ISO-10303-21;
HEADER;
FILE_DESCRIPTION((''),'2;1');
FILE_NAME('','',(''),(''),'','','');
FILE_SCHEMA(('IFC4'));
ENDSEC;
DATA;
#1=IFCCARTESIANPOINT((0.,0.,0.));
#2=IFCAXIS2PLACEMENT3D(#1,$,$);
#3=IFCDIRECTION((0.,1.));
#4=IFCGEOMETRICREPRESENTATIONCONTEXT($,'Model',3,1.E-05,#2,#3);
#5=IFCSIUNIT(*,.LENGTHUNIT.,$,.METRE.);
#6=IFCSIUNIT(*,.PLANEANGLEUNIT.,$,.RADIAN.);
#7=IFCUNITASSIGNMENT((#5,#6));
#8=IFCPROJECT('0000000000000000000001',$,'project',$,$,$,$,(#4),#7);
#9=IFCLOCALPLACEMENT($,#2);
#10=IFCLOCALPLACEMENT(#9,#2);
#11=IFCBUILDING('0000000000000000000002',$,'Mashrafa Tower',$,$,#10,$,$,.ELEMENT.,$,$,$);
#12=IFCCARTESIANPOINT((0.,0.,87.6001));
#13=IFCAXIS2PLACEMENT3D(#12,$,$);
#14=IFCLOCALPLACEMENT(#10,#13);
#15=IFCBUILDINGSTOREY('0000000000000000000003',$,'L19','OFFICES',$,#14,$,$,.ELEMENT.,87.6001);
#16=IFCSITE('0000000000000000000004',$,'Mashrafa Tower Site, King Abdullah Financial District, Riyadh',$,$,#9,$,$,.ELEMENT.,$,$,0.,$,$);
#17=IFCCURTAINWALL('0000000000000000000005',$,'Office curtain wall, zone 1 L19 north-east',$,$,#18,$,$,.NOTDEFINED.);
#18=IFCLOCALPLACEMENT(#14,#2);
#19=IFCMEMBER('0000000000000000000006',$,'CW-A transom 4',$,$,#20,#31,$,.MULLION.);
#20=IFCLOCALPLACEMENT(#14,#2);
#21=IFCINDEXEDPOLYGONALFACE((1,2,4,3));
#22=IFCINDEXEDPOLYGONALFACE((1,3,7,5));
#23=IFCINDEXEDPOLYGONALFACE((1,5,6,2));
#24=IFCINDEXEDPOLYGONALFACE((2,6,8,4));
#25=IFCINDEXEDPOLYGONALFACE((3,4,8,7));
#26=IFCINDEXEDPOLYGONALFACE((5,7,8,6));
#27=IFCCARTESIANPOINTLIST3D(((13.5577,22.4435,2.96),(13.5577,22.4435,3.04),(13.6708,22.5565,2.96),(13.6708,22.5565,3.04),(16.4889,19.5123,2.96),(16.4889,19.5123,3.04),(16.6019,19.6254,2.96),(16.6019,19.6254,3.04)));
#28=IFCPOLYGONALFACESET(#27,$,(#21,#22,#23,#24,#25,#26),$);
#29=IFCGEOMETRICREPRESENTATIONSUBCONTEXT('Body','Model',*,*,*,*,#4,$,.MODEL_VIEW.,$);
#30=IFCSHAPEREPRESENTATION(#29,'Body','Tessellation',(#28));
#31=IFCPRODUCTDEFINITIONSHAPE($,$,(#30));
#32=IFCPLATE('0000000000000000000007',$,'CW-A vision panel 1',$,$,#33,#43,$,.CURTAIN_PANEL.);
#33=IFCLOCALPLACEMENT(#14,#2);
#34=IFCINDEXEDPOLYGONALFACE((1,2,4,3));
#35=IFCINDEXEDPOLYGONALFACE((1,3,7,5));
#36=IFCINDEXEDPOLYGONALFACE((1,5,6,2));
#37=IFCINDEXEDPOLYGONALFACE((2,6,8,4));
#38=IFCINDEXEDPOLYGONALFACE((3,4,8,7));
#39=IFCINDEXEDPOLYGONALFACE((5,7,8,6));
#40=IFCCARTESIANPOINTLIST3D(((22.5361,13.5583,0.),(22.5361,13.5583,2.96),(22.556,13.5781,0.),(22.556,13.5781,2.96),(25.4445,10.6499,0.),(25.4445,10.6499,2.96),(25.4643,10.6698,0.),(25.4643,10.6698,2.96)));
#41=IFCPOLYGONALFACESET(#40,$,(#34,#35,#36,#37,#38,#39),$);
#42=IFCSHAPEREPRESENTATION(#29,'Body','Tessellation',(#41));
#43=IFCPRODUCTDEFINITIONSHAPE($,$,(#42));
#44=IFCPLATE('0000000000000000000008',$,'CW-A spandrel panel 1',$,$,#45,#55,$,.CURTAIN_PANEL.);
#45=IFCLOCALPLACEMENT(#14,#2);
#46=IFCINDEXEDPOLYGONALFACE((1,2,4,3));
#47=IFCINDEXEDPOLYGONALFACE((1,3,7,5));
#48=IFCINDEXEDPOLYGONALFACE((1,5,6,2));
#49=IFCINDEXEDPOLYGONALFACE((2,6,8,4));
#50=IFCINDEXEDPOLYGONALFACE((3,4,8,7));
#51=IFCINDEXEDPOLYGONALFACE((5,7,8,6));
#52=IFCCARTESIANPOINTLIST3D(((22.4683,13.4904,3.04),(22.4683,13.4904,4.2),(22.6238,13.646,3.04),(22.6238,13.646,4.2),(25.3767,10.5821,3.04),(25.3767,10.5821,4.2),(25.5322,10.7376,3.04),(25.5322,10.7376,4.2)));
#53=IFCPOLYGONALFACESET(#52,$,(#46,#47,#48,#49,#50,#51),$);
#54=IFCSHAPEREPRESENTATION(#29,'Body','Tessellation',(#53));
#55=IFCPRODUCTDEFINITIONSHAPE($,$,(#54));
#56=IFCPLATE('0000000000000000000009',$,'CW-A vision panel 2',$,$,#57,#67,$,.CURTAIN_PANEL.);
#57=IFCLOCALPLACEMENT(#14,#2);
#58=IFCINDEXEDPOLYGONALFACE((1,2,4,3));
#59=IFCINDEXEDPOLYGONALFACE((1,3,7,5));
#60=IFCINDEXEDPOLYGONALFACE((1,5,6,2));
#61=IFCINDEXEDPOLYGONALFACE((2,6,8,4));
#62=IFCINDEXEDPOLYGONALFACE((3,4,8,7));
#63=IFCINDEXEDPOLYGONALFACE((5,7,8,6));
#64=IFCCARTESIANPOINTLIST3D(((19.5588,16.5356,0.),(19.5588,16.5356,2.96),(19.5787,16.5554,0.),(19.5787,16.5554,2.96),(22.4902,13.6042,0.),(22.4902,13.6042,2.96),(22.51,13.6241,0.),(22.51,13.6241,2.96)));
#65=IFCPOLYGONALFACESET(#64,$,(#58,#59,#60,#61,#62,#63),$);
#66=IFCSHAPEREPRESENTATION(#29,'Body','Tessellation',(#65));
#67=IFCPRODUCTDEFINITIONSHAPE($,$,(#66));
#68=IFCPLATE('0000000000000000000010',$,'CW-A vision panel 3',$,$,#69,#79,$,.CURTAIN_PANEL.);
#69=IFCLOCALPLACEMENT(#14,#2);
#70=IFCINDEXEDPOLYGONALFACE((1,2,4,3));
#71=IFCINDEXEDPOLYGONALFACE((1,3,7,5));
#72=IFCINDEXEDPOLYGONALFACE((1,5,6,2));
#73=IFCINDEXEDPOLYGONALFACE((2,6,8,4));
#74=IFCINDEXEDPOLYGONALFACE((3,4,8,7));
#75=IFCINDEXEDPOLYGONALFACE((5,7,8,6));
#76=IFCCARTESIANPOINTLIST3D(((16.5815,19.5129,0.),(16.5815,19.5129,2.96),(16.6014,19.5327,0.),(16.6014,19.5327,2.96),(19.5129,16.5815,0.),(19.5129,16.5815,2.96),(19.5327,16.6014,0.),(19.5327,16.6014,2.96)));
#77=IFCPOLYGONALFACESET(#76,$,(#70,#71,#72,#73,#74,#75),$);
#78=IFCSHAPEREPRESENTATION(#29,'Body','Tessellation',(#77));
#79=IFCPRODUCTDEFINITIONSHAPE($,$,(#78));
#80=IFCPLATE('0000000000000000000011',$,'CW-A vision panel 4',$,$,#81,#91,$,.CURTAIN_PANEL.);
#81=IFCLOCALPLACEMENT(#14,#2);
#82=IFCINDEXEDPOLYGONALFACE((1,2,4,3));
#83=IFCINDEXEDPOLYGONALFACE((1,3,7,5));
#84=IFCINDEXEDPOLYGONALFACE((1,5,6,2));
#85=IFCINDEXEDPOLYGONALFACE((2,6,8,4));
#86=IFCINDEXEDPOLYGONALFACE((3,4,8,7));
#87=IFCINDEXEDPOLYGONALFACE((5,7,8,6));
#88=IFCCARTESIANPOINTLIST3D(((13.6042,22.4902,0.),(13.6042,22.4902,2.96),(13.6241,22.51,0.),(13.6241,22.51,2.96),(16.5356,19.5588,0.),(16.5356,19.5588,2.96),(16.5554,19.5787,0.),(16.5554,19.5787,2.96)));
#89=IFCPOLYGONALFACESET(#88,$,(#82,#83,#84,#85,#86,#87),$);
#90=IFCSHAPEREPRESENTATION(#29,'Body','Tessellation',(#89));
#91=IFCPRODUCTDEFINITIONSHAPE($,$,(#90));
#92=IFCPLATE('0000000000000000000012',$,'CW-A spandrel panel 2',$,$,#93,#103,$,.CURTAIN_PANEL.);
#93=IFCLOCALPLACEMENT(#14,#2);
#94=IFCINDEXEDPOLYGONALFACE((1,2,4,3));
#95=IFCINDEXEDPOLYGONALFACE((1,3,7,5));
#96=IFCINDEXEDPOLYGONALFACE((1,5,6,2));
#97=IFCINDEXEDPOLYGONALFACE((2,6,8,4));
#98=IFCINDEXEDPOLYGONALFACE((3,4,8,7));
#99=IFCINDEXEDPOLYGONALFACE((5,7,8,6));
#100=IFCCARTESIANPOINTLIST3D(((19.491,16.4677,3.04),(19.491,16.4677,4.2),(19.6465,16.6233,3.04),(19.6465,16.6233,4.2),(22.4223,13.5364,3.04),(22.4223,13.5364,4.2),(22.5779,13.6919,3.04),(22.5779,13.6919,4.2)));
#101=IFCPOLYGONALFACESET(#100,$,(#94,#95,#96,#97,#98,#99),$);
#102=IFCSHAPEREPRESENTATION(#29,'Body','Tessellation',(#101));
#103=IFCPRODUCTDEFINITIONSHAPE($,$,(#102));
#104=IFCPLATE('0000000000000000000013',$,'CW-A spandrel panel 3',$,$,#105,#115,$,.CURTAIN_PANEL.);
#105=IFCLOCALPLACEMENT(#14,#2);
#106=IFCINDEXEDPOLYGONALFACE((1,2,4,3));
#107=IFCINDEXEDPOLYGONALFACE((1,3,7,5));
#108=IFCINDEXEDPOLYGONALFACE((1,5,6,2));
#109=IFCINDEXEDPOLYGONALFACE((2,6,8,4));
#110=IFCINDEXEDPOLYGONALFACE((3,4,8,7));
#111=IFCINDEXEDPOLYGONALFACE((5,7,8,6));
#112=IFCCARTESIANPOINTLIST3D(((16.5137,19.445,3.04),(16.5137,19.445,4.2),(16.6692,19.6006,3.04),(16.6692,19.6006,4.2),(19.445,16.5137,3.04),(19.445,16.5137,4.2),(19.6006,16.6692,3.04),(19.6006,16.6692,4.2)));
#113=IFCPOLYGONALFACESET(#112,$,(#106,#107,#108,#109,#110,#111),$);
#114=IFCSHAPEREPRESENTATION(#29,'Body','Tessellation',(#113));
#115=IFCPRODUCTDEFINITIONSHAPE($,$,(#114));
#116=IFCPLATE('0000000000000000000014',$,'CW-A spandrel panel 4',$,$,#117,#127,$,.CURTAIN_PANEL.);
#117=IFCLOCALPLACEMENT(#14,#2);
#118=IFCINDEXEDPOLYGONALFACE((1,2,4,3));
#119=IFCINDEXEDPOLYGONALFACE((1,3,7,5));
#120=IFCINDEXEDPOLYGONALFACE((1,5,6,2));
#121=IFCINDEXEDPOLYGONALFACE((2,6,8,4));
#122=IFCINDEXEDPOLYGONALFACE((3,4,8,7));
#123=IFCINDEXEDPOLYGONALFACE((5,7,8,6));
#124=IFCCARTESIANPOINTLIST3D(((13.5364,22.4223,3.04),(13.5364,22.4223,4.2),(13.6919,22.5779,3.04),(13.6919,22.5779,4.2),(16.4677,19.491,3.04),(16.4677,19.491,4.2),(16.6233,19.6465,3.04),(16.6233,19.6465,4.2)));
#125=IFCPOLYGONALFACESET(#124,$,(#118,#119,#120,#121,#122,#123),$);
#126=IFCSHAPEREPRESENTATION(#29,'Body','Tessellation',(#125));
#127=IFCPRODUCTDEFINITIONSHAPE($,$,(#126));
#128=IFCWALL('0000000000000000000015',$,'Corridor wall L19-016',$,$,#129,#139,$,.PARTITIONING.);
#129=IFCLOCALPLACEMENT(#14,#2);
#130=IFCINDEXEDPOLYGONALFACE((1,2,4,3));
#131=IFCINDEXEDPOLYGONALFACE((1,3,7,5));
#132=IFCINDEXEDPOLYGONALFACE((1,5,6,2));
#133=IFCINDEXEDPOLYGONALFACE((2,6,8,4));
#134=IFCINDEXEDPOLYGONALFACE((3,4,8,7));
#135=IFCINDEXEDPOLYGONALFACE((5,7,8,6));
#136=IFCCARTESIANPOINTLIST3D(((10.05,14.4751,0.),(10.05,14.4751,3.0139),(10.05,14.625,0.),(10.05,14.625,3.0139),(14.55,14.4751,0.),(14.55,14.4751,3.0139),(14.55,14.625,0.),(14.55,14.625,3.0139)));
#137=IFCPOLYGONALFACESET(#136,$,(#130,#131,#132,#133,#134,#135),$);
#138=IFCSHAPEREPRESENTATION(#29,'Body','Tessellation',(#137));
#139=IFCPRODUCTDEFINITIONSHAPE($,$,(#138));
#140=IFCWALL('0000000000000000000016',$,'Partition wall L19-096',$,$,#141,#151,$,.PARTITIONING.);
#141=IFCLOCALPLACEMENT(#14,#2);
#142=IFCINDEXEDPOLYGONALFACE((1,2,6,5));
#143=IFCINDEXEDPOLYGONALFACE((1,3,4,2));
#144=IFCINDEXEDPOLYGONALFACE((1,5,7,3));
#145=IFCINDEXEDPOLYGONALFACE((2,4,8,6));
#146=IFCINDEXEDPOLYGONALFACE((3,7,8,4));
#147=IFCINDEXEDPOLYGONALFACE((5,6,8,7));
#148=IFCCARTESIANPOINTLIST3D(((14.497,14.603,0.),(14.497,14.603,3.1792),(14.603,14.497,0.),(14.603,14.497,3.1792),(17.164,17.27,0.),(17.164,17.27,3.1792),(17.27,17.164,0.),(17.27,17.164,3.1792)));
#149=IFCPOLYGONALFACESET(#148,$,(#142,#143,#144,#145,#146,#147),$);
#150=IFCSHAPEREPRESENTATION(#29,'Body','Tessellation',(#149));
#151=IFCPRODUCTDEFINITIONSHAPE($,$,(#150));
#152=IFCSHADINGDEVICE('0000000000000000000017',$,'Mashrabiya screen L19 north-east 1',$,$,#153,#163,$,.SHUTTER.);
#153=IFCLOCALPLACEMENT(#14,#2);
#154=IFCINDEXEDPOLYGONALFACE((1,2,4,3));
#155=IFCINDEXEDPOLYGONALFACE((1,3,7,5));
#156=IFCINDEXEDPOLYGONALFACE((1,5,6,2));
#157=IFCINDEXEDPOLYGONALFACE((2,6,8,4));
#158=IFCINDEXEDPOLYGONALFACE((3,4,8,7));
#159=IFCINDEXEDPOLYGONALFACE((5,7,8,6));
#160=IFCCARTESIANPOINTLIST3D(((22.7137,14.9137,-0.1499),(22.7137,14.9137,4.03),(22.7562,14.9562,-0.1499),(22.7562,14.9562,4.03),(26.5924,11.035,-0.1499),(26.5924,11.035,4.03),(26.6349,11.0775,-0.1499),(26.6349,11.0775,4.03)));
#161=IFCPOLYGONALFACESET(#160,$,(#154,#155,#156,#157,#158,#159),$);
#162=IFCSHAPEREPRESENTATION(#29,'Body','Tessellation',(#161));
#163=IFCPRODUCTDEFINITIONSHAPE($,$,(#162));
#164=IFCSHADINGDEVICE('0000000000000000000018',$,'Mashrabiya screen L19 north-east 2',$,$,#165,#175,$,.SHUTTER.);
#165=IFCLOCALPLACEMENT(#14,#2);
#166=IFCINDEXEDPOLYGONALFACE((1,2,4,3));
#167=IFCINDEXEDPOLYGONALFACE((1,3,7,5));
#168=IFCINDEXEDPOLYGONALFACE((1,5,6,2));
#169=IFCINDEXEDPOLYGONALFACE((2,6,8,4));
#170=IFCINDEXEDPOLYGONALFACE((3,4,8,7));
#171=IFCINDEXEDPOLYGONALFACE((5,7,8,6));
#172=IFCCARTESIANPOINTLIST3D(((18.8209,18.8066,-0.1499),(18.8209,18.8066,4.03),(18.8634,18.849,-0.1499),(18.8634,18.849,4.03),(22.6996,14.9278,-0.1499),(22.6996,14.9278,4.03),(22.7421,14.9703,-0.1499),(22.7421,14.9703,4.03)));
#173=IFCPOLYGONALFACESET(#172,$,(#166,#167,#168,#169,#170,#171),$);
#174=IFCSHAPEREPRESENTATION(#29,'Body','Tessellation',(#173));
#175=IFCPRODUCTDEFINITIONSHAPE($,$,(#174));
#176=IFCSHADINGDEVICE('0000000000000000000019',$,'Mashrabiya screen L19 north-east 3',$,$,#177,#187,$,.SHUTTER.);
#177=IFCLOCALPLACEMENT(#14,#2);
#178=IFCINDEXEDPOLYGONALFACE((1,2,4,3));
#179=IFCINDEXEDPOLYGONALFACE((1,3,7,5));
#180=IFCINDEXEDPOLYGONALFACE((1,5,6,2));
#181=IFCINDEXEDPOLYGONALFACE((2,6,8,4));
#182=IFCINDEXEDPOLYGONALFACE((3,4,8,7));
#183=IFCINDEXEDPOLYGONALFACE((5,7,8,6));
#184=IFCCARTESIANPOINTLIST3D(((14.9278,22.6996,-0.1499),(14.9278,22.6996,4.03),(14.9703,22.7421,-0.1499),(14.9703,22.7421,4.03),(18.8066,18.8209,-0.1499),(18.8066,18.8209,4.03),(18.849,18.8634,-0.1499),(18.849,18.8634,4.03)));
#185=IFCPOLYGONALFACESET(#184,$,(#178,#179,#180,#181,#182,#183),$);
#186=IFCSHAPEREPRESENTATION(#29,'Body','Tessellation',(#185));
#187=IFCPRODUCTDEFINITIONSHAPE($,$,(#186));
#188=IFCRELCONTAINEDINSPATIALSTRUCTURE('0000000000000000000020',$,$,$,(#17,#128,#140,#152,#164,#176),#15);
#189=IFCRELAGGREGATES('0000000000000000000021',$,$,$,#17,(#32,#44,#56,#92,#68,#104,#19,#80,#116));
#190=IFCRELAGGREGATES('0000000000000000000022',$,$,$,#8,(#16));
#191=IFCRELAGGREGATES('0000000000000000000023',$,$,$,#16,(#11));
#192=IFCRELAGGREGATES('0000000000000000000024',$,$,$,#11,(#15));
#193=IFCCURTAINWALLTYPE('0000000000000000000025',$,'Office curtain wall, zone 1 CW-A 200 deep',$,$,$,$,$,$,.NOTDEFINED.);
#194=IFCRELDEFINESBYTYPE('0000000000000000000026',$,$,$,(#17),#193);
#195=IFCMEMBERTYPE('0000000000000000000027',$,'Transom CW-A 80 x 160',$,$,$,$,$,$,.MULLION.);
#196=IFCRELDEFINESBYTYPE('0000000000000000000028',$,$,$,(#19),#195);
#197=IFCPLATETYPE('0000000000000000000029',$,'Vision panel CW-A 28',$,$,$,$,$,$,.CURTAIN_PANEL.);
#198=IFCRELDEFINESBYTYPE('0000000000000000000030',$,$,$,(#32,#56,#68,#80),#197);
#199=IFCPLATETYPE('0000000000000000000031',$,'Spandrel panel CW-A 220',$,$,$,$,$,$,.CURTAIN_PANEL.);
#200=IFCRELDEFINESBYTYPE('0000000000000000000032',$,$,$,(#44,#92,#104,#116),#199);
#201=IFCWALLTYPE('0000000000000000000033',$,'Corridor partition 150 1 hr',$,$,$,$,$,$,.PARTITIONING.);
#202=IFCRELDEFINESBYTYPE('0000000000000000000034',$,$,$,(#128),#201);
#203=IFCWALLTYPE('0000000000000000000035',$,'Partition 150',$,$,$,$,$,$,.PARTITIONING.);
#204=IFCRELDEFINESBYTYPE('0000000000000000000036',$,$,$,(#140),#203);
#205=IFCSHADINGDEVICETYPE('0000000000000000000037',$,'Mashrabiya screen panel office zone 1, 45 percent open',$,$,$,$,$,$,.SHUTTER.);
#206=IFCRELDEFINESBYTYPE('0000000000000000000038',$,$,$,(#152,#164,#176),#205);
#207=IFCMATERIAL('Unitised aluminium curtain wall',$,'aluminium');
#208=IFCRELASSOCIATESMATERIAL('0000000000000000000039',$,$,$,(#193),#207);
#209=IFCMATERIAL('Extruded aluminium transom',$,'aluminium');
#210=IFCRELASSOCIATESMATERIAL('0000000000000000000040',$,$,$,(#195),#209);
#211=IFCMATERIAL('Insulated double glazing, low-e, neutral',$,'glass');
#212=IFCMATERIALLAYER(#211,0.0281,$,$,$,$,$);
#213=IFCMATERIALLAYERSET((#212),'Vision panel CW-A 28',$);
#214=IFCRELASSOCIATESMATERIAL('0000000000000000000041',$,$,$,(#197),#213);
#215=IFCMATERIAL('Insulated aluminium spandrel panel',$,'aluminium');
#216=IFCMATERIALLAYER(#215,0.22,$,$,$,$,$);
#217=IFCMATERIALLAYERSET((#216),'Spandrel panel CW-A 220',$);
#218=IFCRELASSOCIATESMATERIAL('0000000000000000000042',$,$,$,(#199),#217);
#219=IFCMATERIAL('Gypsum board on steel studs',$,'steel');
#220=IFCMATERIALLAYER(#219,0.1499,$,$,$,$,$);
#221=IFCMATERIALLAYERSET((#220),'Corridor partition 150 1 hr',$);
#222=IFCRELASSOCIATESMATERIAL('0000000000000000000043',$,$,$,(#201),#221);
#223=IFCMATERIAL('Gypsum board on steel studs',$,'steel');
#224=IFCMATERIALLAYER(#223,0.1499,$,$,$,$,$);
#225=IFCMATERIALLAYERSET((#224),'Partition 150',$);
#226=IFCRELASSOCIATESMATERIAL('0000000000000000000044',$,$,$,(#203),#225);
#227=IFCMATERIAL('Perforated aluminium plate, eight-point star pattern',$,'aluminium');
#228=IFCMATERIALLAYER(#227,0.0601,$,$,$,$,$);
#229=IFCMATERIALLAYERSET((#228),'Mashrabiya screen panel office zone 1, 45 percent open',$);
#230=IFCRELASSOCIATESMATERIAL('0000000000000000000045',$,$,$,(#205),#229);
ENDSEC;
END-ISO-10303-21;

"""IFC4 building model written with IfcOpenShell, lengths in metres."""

from ifc_helpers import new_model, si_unit, direction, frame, frame_2d, origin, origin_2d, place, context, subcontext, project, spatial, rectangle, extrude, source, transform, mapped, material, layer, layer_set, material_profile, profile_set, type_object, type_shapes, element, aggregate, save


model = new_model("IFC4")

# Units and contexts
model_context = context("Model", 3, precision=1e-05, world=origin(), true_north=direction((0.0, 1.0)))
body_context = subcontext(model_context, "Body", "Model", "MODEL_VIEW")
ifc_project = project(units=[si_unit("LENGTHUNIT", "METRE"), si_unit("PLANEANGLEUNIT", "RADIAN")], contexts=[model_context])

# Site, building, storey
site_placement = place(None, origin())
site = spatial("IfcSite", under=ifc_project, at=site_placement, Name="Mashrafa Tower Site, King Abdullah Financial District, Riyadh", CompositionType="ELEMENT", RefElevation=0.0)
building_placement = place(site_placement, origin())
building = spatial("IfcBuilding", under=site, at=building_placement, Name="Mashrafa Tower", CompositionType="ELEMENT")
storey_placement = place(building_placement, frame((0.0, 0.0, 87.6001)))
storey = spatial("IfcBuildingStorey", under=building, at=storey_placement, Name="L19", Description="OFFICES", CompositionType="ELEMENT", Elevation=87.6001)

# Shared definitions
ifc_material_1 = material(Name="Unitised aluminium curtain wall", Category="aluminium")
curtain_wall_type = type_object("IfcCurtainWallType", Name="Office curtain wall, zone 1 CW-A 200 deep", PredefinedType="NOTDEFINED", material=ifc_material_1)

# Curtain wall, member, plates
curtain_wall_1_placement = place(storey_placement, origin())
curtain_wall_1 = element("IfcCurtainWall", 1, at=curtain_wall_1_placement, inside=storey, type_object=curtain_wall_type, Name="Office curtain wall, zone 1 L19 north-east", PredefinedType="NOTDEFINED")
ifc_material_2 = material(Name="Extruded aluminium transom", Category="aluminium")
ifc_material_profile_1 = material_profile(ifc_material_2, rectangle(XDim=0.1599, YDim=0.0801, at=origin_2d()), Name="Transom 80x160")
ifc_profile_set_1 = profile_set([ifc_material_profile_1], Name="Extruded aluminium transom")
member_type_1 = type_object("IfcMemberType", Name="Transom CW-A 80 x 160", PredefinedType="MULLION", material=ifc_profile_set_1)
shared_shape_1 = source(origin(), body_context, "Body", "SweptSolid", [
    extrude(rectangle(XDim=0.1599, YDim=0.0801, at=origin_2d()), origin(), (0.0, 0.0, 1.0), 4.1453),
])
member_1_placement = place(storey_placement, frame((16.5454, 19.5688, 3.0), z_axis=(-0.707107, 0.707107, 0.0), x_axis=(-0.707107, -0.707107, 0.0)))
member_1 = element("IfcMember", 2, at=member_1_placement, type_object=member_type_1, Name="CW-A transom 4", PredefinedType="MULLION", context=body_context, shape_type="MappedRepresentation", body=[
    mapped(shared_shape_1, transform((0.0, 0.0, 0.0))),
])
ifc_material_3 = material(Name="Insulated double glazing, low-e, neutral", Category="glass")
ifc_layer_1 = layer(ifc_material_3, 0.0281)
ifc_layer_set_1 = layer_set([ifc_layer_1], Name="Vision panel CW-A 28")
plate_type_1 = type_object("IfcPlateType", Name="Vision panel CW-A 28", PredefinedType="CURTAIN_PANEL", material=ifc_layer_set_1)
shared_shape_2 = source(origin(), body_context, "Body", "SweptSolid", [
    extrude(rectangle(XDim=4.113, YDim=0.0281, at=origin_2d()), origin(), (0.0, 0.0, 1.0), 2.96),
])
plate_1_placement = place(storey_placement, frame((24.0002, 12.114, 0.0), z_axis=(0.0, 0.0, 1.0), x_axis=(-0.707107, 0.707107, 0.0)))
plate_1 = element("IfcPlate", 3, at=plate_1_placement, type_object=plate_type_1, Name="CW-A vision panel 1", PredefinedType="CURTAIN_PANEL", context=body_context, shape_type="MappedRepresentation", body=[
    mapped(shared_shape_2, transform((0.0, 0.0, 0.0))),
])
ifc_material_4 = material(Name="Insulated aluminium spandrel panel", Category="aluminium")
ifc_layer_2 = layer(ifc_material_4, 0.22)
ifc_layer_set_2 = layer_set([ifc_layer_2], Name="Spandrel panel CW-A 220")
plate_type_2 = type_object("IfcPlateType", Name="Spandrel panel CW-A 220", PredefinedType="CURTAIN_PANEL", material=ifc_layer_set_2)
shared_shape_3 = source(origin(), body_context, "Body", "SweptSolid", [
    extrude(rectangle(XDim=4.113, YDim=0.22, at=origin_2d()), origin(), (0.0, 0.0, 1.0), 1.1599),
])
plate_2_placement = place(storey_placement, frame((24.0002, 12.114, 3.04), z_axis=(0.0, 0.0, 1.0), x_axis=(-0.707107, 0.707107, 0.0)))
plate_2 = element("IfcPlate", 4, at=plate_2_placement, type_object=plate_type_2, Name="CW-A spandrel panel 1", PredefinedType="CURTAIN_PANEL", context=body_context, shape_type="MappedRepresentation", body=[
    mapped(shared_shape_3, transform((0.0, 0.0, 0.0))),
])
shared_shape_4 = source(origin(), body_context, "Body", "SweptSolid", [
    extrude(rectangle(XDim=4.1455, YDim=0.0281, at=origin_2d()), origin(), (0.0, 0.0, 1.0), 2.96),
])
type_shapes(plate_type_1, [shared_shape_2, shared_shape_4])
plate_3_placement = place(storey_placement, frame((21.0344, 15.0798, 0.0), z_axis=(0.0, 0.0, 1.0), x_axis=(-0.707107, 0.707107, 0.0)))
plate_3 = element("IfcPlate", 5, at=plate_3_placement, type_object=plate_type_1, Name="CW-A vision panel 2", PredefinedType="CURTAIN_PANEL", context=body_context, shape_type="MappedRepresentation", body=[
    mapped(shared_shape_4, transform((0.0, 0.0, 0.0))),
])
plate_4_placement = place(storey_placement, frame((18.0571, 18.0571, 0.0), z_axis=(0.0, 0.0, 1.0), x_axis=(-0.707107, 0.707107, 0.0)))
plate_4 = element("IfcPlate", 6, at=plate_4_placement, type_object=plate_type_1, Name="CW-A vision panel 3", PredefinedType="CURTAIN_PANEL", context=body_context, shape_type="MappedRepresentation", body=[
    mapped(shared_shape_4, transform((0.0, 0.0, 0.0))),
])
plate_5_placement = place(storey_placement, frame((15.0798, 21.0344, 0.0), z_axis=(0.0, 0.0, 1.0), x_axis=(-0.707107, 0.707107, 0.0)))
plate_5 = element("IfcPlate", 7, at=plate_5_placement, type_object=plate_type_1, Name="CW-A vision panel 4", PredefinedType="CURTAIN_PANEL", context=body_context, shape_type="MappedRepresentation", body=[
    mapped(shared_shape_4, transform((0.0, 0.0, 0.0))),
])
shared_shape_5 = source(origin(), body_context, "Body", "SweptSolid", [
    extrude(rectangle(XDim=4.1455, YDim=0.22, at=origin_2d()), origin(), (0.0, 0.0, 1.0), 1.1599),
])
type_shapes(plate_type_2, [shared_shape_3, shared_shape_5])
plate_6_placement = place(storey_placement, frame((21.0344, 15.0798, 3.04), z_axis=(0.0, 0.0, 1.0), x_axis=(-0.707107, 0.707107, 0.0)))
plate_6 = element("IfcPlate", 8, at=plate_6_placement, type_object=plate_type_2, Name="CW-A spandrel panel 2", PredefinedType="CURTAIN_PANEL", context=body_context, shape_type="MappedRepresentation", body=[
    mapped(shared_shape_5, transform((0.0, 0.0, 0.0))),
])
plate_7_placement = place(storey_placement, frame((18.0571, 18.0571, 3.04), z_axis=(0.0, 0.0, 1.0), x_axis=(-0.707107, 0.707107, 0.0)))
plate_7 = element("IfcPlate", 9, at=plate_7_placement, type_object=plate_type_2, Name="CW-A spandrel panel 3", PredefinedType="CURTAIN_PANEL", context=body_context, shape_type="MappedRepresentation", body=[
    mapped(shared_shape_5, transform((0.0, 0.0, 0.0))),
])
plate_8_placement = place(storey_placement, frame((15.0798, 21.0344, 3.04), z_axis=(0.0, 0.0, 1.0), x_axis=(-0.707107, 0.707107, 0.0)))
plate_8 = element("IfcPlate", 10, at=plate_8_placement, type_object=plate_type_2, Name="CW-A spandrel panel 4", PredefinedType="CURTAIN_PANEL", context=body_context, shape_type="MappedRepresentation", body=[
    mapped(shared_shape_5, transform((0.0, 0.0, 0.0))),
])
aggregate(curtain_wall_1, [plate_1, plate_2, plate_3, plate_6, plate_4, plate_7, member_1, plate_5, plate_8])

# Walls
ifc_material_5 = material(Name="Gypsum board on steel studs", Category="steel")
ifc_layer_3 = layer(ifc_material_5, 0.1499)
ifc_layer_set_3 = layer_set([ifc_layer_3], Name="Corridor partition 150 1 hr")
wall_type_1 = type_object("IfcWallType", Name="Corridor partition 150 1 hr", PredefinedType="PARTITIONING", material=ifc_layer_set_3)
wall_1_placement = place(storey_placement, frame((14.55, 14.55, 0.0), z_axis=(0.0, 0.0, 1.0), x_axis=(-1.0, 0.0, 0.0)))
element("IfcWall", 11, at=wall_1_placement, inside=storey, type_object=wall_type_1, Name="Corridor wall L19-016", PredefinedType="PARTITIONING", context=body_context, shape_type="SweptSolid", body=[
    extrude(rectangle(XDim=4.5, YDim=0.1499, at=frame_2d((2.25, 0.0))), origin(), (0.0, 0.0, 1.0), 3.0139),
])
ifc_material_6 = material(Name="Gypsum board on steel studs", Category="steel")
ifc_layer_4 = layer(ifc_material_6, 0.1499)
ifc_layer_set_4 = layer_set([ifc_layer_4], Name="Partition 150")
wall_type_2 = type_object("IfcWallType", Name="Partition 150", PredefinedType="PARTITIONING", material=ifc_layer_set_4)
wall_2_placement = place(storey_placement, frame((14.55, 14.55, 0.0), z_axis=(0.0, 0.0, 1.0), x_axis=(0.707107, 0.707107, 0.0)))
element("IfcWall", 12, at=wall_2_placement, inside=storey, type_object=wall_type_2, Name="Partition wall L19-096", PredefinedType="PARTITIONING", context=body_context, shape_type="SweptSolid", body=[
    extrude(rectangle(XDim=3.7717, YDim=0.1499, at=frame_2d((1.8857, 0.0))), origin(), (0.0, 0.0, 1.0), 3.1792),
])

# Shading devices
ifc_material_7 = material(Name="Perforated aluminium plate, eight-point star pattern", Category="aluminium")
ifc_layer_5 = layer(ifc_material_7, 0.0601)
ifc_layer_set_5 = layer_set([ifc_layer_5], Name="Mashrabiya screen panel office zone 1, 45 percent open")
shading_device_type = type_object("IfcShadingDeviceType", Name="Mashrabiya screen panel office zone 1, 45 percent open", PredefinedType="SHUTTER", material=ifc_layer_set_5)
shared_shape_6 = source(origin(), body_context, "Body", "SweptSolid", [
    extrude(rectangle(XDim=5.4854, YDim=0.0601, at=origin_2d()), origin(), (0.0, 0.0, 1.0), 4.1799),
])
type_shapes(shading_device_type, [shared_shape_6])
for number, where, z_axis, x_axis, name in (
    (13, (24.6743, 12.9956, -0.1499), (0.0, 0.0, 1.0), (-0.707107, 0.707107, 0.0), "Mashrabiya screen L19 north-east 1"),
    (14, (20.7815, 16.8884, -0.1499), (0.0, 0.0, 1.0), (-0.707107, 0.707107, 0.0), "Mashrabiya screen L19 north-east 2"),
    (15, (16.8884, 20.7815, -0.1499), (0.0, 0.0, 1.0), (-0.707107, 0.707107, 0.0), "Mashrabiya screen L19 north-east 3"),
):
    element("IfcShadingDevice", number, at=place(storey_placement, frame(where, z_axis=z_axis, x_axis=x_axis)), inside=storey, type_object=shading_device_type, Name=name, PredefinedType="SHUTTER", context=body_context, shape_type="MappedRepresentation", body=[
        mapped(shared_shape_6, transform((0.0, 0.0, 0.0))),
    ])

save(model, "model.ifc")
